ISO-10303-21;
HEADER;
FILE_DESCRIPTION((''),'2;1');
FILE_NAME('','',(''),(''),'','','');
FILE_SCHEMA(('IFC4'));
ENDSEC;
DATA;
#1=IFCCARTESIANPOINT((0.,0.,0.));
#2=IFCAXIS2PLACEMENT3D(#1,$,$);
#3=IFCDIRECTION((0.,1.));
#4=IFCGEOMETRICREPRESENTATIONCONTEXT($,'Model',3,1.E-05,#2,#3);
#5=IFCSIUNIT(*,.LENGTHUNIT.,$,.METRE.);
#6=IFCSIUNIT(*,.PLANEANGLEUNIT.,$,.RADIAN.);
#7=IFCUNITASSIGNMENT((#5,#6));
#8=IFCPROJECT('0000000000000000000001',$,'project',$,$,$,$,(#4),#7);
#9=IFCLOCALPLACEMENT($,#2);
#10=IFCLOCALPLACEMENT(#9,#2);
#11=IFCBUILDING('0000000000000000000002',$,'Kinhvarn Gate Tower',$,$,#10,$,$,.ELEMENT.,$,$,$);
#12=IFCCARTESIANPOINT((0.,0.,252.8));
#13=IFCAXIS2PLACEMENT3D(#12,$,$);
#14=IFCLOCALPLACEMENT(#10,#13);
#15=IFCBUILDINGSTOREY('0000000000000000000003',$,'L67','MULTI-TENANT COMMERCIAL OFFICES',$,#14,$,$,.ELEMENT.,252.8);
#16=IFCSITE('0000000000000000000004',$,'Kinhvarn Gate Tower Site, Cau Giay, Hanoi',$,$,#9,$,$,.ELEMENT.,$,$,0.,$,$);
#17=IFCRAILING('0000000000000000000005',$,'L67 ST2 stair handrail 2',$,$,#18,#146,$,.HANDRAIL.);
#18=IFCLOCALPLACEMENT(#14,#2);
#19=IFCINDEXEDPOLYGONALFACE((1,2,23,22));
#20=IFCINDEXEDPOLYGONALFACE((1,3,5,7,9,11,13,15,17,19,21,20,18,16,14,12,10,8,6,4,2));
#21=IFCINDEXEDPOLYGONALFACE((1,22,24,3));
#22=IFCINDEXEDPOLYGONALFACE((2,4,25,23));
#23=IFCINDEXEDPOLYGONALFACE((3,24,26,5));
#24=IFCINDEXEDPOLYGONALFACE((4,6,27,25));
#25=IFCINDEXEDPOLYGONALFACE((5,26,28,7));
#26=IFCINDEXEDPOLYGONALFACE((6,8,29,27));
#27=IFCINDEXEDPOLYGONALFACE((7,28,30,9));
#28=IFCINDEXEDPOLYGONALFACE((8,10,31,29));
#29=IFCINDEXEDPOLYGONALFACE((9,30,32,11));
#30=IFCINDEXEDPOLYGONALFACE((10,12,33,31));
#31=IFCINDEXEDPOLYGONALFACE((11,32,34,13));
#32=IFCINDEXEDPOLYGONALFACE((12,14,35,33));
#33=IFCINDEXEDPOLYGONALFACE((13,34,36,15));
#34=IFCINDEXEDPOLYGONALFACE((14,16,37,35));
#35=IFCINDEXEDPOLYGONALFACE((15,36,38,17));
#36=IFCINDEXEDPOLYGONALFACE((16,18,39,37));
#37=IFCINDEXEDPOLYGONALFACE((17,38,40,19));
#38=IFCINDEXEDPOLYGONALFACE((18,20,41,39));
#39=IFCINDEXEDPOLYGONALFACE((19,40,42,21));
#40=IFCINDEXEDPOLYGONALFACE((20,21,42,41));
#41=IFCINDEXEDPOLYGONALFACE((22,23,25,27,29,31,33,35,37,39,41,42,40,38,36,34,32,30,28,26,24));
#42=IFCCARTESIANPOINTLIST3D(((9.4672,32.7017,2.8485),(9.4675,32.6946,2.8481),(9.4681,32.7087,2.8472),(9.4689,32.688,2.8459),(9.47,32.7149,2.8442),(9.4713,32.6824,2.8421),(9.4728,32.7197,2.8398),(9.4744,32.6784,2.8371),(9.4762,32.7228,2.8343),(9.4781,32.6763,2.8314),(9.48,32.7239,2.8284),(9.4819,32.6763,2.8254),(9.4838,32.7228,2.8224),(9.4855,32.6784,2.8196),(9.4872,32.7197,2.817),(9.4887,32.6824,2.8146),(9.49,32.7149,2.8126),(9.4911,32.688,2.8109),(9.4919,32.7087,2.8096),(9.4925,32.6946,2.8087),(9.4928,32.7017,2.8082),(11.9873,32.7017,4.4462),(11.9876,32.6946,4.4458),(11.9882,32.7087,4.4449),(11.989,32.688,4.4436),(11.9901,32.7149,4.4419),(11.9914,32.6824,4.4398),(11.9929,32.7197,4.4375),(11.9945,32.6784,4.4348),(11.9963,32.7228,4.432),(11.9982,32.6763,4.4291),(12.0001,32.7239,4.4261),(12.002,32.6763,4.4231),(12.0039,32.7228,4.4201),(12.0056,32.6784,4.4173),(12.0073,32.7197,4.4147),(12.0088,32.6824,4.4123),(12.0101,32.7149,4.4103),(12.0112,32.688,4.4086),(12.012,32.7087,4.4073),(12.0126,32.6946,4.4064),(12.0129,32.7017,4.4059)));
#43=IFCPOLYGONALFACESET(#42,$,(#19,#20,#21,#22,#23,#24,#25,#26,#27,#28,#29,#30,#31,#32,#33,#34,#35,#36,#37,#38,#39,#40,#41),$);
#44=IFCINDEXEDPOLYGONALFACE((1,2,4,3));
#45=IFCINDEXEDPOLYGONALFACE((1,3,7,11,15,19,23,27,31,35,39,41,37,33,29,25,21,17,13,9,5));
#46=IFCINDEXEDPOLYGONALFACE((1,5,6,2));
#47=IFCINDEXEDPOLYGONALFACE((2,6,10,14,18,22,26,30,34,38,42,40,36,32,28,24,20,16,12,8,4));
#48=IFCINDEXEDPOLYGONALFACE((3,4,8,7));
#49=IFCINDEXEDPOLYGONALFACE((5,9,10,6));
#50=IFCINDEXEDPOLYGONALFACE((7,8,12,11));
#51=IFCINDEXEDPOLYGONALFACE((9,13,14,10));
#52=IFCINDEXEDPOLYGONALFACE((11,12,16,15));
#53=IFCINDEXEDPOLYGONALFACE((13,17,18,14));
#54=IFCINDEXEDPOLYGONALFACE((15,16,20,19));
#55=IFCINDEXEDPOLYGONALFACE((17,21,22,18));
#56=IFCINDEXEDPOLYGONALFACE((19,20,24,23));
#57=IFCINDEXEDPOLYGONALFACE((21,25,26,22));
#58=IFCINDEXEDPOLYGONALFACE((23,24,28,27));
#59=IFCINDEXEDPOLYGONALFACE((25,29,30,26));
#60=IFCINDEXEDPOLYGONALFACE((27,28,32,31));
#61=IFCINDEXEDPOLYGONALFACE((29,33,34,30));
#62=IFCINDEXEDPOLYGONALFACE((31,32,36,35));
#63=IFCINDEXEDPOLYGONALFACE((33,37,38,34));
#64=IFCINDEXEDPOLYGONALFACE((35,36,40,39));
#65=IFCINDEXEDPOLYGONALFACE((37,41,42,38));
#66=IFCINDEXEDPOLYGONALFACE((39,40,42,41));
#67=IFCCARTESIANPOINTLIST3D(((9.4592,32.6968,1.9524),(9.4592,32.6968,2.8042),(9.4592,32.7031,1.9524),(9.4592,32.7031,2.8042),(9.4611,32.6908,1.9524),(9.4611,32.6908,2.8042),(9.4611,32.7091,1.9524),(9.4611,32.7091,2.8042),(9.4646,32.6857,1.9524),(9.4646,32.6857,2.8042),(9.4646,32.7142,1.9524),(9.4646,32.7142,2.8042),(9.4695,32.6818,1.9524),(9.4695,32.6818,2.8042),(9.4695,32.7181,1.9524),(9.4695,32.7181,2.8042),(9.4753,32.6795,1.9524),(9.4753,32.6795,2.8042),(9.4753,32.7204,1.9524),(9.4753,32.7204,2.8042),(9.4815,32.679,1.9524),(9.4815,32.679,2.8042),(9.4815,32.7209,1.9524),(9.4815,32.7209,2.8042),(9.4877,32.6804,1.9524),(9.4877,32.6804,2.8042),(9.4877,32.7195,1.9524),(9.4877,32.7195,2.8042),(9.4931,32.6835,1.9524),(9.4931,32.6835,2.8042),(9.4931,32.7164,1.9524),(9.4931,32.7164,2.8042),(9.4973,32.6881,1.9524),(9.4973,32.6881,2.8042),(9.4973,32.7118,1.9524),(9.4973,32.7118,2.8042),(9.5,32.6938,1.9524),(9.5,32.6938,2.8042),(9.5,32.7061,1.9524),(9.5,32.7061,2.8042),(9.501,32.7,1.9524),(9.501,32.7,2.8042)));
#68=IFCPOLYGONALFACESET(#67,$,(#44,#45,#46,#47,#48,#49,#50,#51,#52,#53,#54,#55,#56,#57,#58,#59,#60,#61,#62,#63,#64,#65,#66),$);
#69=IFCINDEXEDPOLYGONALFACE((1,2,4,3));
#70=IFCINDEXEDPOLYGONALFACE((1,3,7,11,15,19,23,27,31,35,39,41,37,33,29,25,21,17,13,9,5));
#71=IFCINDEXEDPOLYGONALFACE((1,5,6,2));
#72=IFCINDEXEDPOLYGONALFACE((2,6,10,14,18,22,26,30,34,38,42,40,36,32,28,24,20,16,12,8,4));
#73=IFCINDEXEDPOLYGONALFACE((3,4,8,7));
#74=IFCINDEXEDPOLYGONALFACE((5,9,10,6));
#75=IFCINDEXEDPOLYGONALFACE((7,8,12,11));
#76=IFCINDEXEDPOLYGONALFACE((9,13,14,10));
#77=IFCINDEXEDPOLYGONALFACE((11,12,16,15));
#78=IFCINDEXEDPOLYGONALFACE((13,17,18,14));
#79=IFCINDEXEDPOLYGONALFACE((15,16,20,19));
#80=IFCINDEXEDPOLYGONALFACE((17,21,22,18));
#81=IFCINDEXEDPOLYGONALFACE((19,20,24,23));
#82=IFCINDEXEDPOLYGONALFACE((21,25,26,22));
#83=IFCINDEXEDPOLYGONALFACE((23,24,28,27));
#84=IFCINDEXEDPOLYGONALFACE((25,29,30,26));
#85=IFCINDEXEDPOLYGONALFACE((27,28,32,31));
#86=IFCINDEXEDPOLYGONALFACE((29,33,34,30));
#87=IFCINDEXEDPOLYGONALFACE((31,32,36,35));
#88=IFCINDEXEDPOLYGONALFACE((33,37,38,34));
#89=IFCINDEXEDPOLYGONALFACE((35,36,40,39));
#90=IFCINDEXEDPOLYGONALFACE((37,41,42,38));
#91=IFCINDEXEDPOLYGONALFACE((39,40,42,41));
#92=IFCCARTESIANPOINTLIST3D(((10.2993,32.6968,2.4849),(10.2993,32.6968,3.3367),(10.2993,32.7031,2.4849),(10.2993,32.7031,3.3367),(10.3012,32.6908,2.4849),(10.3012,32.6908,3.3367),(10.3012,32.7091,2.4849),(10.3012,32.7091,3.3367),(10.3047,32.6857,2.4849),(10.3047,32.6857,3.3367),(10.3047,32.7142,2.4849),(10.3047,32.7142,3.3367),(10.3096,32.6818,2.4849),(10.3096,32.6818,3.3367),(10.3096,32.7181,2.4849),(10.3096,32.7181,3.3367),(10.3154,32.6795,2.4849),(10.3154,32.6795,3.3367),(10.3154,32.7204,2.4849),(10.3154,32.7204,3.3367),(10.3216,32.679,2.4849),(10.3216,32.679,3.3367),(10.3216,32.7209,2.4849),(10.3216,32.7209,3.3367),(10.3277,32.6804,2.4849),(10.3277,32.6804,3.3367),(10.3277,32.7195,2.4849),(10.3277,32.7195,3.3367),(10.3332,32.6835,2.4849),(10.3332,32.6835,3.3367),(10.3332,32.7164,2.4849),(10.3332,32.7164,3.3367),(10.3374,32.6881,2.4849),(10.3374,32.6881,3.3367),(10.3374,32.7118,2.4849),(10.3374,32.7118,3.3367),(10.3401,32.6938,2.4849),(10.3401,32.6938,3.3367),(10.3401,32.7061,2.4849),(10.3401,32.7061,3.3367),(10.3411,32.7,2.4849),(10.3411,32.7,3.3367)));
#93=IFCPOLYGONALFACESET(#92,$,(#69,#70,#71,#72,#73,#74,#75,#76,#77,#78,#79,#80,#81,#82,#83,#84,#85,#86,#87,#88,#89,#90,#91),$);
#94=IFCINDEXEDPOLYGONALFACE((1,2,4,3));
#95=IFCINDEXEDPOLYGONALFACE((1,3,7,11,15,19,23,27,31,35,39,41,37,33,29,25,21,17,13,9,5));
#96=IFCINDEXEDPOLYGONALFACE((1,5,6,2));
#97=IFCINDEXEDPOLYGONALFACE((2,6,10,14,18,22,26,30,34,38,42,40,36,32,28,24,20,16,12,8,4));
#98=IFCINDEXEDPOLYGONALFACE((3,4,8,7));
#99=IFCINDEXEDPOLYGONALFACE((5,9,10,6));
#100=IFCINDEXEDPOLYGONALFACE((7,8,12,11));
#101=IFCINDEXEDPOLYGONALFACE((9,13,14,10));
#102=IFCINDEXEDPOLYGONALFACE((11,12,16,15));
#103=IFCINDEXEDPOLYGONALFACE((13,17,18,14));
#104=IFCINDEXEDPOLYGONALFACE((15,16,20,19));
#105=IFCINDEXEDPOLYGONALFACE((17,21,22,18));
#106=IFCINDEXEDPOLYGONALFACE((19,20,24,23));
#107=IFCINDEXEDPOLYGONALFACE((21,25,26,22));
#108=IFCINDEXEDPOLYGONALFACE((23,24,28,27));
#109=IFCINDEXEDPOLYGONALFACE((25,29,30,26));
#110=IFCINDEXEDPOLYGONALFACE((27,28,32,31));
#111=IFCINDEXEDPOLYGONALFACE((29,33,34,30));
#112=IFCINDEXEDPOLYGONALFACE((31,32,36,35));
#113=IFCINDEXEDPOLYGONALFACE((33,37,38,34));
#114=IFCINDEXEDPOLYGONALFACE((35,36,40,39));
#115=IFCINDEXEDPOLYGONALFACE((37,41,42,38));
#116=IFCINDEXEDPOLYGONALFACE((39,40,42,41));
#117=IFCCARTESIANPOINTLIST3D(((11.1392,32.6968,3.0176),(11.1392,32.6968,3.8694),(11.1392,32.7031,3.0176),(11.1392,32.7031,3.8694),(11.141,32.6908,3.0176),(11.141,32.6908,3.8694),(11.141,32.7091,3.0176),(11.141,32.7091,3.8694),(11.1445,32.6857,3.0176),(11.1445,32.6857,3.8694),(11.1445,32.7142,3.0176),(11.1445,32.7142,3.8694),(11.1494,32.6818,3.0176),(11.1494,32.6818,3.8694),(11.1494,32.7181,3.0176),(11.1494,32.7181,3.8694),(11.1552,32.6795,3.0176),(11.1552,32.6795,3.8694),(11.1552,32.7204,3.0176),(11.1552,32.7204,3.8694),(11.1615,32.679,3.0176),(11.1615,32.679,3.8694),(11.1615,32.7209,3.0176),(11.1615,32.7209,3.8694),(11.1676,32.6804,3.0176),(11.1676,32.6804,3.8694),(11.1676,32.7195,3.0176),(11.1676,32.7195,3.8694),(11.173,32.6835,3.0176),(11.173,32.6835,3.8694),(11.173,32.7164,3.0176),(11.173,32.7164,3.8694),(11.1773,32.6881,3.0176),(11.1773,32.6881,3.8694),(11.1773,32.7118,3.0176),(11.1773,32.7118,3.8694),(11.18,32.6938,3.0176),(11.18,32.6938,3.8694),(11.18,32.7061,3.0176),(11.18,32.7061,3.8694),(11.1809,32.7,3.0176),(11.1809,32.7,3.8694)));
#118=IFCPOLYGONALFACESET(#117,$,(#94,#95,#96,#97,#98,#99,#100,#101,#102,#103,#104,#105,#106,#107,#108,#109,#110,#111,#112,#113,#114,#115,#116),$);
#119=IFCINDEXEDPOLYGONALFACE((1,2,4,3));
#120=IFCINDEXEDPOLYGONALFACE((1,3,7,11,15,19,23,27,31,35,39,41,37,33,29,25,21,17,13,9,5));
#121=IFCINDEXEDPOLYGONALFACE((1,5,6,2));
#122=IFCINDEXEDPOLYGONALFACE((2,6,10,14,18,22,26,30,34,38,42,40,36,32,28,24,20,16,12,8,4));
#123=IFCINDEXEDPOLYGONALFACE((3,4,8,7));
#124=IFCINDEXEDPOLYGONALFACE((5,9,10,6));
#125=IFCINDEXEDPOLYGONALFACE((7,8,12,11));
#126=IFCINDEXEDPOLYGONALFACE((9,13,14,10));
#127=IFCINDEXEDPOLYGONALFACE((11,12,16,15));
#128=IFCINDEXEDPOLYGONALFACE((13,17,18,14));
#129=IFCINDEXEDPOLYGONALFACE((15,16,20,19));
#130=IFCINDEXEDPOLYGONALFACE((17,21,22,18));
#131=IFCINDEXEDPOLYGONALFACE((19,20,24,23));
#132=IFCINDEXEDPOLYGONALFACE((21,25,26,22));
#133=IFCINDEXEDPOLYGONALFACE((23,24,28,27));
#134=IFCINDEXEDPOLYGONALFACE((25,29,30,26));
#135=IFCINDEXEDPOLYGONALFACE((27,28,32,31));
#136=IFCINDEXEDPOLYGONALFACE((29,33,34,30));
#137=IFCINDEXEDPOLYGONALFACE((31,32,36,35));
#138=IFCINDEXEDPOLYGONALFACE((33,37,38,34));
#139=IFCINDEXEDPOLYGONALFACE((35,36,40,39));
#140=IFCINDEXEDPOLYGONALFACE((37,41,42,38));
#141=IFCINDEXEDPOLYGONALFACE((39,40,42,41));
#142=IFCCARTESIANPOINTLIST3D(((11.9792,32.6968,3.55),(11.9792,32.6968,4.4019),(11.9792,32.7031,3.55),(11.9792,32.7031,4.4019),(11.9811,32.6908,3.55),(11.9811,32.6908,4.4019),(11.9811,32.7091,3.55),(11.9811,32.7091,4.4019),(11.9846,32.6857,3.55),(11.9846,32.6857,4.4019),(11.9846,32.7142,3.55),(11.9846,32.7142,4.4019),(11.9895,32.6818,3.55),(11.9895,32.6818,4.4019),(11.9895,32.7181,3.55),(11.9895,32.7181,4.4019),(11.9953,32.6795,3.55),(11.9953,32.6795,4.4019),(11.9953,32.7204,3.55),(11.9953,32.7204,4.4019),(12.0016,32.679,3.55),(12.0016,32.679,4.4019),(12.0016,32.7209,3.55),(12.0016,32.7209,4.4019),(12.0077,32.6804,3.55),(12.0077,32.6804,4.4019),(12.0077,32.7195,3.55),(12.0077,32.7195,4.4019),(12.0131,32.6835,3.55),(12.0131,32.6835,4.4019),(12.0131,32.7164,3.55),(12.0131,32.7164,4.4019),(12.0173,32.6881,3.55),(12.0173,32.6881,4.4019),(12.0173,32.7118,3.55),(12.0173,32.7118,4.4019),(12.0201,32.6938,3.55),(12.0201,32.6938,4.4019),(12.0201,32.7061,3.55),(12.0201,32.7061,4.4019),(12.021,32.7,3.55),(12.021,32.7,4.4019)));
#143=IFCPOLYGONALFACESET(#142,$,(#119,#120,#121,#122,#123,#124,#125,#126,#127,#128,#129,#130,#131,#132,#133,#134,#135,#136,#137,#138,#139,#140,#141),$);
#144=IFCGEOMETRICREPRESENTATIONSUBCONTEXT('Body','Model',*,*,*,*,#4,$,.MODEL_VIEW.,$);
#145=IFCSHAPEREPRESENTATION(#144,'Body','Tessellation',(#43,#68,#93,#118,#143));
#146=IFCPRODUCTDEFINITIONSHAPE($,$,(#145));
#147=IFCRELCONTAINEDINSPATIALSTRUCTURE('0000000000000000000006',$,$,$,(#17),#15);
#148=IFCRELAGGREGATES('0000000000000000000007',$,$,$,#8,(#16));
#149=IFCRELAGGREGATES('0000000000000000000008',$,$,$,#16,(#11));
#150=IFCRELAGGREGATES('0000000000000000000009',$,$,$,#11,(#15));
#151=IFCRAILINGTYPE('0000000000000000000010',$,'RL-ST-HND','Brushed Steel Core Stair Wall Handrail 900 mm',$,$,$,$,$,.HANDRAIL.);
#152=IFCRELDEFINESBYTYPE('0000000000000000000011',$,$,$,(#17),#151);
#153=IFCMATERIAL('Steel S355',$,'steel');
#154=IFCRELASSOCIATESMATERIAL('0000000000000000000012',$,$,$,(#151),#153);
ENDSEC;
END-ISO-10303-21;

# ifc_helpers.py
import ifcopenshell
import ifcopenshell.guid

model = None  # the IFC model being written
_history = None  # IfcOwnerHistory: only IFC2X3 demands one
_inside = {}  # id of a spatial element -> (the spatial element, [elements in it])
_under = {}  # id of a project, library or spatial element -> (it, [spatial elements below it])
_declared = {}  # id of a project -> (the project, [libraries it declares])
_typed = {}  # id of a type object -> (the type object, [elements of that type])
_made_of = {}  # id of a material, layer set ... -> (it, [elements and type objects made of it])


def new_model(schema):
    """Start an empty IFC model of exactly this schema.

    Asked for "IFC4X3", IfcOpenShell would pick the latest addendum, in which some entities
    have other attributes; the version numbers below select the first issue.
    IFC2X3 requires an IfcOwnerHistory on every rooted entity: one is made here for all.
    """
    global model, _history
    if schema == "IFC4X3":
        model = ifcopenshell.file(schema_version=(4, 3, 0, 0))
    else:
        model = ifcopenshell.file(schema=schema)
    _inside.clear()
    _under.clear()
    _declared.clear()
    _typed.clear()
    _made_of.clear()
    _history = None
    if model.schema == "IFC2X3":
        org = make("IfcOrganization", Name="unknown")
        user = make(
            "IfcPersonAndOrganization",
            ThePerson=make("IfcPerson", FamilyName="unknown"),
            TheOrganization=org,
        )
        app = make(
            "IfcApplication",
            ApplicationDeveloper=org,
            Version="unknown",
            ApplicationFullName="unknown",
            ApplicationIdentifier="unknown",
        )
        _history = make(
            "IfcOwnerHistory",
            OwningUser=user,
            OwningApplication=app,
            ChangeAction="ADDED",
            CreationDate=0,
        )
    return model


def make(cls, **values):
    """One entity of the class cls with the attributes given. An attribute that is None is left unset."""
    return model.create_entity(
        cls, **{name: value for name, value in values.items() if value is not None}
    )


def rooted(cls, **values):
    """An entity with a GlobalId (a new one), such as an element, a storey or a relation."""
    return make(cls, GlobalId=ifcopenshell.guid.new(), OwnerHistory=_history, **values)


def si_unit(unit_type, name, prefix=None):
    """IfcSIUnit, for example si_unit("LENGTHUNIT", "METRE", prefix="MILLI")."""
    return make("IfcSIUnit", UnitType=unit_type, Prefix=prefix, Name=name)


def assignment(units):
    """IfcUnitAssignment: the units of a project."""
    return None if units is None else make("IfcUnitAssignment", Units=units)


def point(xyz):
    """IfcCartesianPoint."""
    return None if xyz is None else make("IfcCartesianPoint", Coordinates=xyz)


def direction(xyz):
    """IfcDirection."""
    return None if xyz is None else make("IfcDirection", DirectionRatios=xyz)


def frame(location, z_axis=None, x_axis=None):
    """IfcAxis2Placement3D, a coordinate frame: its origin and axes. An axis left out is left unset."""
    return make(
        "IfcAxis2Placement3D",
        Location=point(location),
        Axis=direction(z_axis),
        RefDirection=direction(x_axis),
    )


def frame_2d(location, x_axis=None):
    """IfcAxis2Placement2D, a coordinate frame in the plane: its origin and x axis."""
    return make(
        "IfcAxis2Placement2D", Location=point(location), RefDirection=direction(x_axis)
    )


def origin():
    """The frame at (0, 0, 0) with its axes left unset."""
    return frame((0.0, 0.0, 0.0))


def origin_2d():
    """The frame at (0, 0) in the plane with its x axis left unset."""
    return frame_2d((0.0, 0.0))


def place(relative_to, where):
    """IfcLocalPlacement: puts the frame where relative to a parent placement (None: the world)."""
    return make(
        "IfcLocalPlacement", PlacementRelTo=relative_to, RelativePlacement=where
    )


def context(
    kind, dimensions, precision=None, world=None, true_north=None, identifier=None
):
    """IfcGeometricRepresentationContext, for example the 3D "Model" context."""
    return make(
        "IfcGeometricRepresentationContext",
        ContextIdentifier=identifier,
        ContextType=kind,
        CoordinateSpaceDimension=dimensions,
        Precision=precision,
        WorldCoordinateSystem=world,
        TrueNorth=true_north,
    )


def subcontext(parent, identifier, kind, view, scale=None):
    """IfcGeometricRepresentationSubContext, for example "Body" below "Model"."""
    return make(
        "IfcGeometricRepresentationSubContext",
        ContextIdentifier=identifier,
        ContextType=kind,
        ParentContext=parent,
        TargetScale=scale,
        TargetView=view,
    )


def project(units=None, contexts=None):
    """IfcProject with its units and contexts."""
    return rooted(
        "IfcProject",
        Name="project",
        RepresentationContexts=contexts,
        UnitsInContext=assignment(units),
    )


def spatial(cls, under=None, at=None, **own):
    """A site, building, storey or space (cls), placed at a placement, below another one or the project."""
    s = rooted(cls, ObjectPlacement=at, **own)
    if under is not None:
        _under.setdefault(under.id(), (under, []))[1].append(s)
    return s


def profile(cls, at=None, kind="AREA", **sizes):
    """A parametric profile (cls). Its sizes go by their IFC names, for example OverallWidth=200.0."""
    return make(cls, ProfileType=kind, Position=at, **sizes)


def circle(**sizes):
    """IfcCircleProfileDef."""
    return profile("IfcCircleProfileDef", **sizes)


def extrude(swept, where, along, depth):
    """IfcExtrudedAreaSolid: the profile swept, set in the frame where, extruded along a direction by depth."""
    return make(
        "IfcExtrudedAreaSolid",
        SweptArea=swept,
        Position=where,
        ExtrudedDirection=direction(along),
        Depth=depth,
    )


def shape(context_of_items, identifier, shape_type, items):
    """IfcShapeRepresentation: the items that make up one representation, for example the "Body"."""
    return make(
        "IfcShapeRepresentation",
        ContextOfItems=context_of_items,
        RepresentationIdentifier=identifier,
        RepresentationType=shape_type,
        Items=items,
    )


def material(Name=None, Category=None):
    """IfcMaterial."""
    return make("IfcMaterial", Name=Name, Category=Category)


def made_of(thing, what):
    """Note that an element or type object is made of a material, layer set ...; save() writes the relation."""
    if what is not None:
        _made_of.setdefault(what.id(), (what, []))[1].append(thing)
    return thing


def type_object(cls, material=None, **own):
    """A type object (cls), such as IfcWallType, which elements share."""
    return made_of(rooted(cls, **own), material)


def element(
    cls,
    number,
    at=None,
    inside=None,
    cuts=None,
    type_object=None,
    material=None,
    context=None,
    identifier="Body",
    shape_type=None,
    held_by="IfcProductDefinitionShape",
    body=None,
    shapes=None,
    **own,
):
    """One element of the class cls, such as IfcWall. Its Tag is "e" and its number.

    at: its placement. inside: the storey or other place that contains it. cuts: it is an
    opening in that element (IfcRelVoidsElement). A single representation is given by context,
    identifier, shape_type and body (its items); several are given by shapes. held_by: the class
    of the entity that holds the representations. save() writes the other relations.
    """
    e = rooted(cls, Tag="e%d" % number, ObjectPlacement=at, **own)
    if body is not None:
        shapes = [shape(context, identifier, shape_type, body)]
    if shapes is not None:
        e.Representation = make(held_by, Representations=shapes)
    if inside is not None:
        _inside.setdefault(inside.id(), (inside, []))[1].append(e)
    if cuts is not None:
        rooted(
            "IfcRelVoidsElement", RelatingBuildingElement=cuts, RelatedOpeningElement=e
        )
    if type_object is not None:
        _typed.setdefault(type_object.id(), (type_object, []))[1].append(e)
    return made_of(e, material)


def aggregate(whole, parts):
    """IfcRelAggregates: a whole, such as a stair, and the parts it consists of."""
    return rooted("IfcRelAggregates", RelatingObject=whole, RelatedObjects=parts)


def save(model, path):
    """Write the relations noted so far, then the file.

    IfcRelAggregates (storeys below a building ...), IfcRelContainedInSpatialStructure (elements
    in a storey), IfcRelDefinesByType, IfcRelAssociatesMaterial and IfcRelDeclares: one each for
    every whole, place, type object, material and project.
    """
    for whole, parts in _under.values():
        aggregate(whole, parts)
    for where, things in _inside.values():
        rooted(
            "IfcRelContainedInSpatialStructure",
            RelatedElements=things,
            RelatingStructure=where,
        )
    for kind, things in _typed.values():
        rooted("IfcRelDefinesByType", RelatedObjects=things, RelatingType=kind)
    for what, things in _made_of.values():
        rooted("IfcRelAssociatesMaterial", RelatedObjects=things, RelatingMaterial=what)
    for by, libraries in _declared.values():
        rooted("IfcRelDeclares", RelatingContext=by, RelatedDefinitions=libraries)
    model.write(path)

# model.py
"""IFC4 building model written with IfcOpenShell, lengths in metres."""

from ifc_helpers import new_model, si_unit, direction, frame, origin, origin_2d, place, context, subcontext, project, spatial, circle, extrude, material, type_object, element, save


model = new_model("IFC4")

# Units and contexts
model_context = context("Model", 3, precision=1e-05, world=origin(), true_north=direction((0.0, 1.0)))
body_context = subcontext(model_context, "Body", "Model", "MODEL_VIEW")
ifc_project = project(units=[si_unit("LENGTHUNIT", "METRE"), si_unit("PLANEANGLEUNIT", "RADIAN")], contexts=[model_context])

# Site, building, storey
site_placement = place(None, origin())
site = spatial("IfcSite", under=ifc_project, at=site_placement, Name="Kinhvarn Gate Tower Site, Cau Giay, Hanoi", CompositionType="ELEMENT", RefElevation=0.0)
building_placement = place(site_placement, origin())
building = spatial("IfcBuilding", under=site, at=building_placement, Name="Kinhvarn Gate Tower", CompositionType="ELEMENT")
storey_placement = place(building_placement, frame((0.0, 0.0, 252.8)))
storey = spatial("IfcBuildingStorey", under=building, at=storey_placement, Name="L67", Description="MULTI-TENANT COMMERCIAL OFFICES", CompositionType="ELEMENT", Elevation=252.8)

# Railing
ifc_material_1 = material(Name="Steel S355", Category="steel")
railing_type_1 = type_object("IfcRailingType", Name="RL-ST-HND", Description="Brushed Steel Core Stair Wall Handrail 900 mm", PredefinedType="HANDRAIL", material=ifc_material_1)
railing_1_placement = place(storey_placement, frame((9.48, 32.7, 1.9524)))
element("IfcRailing", 1, at=railing_1_placement, inside=storey, type_object=railing_type_1, Name="L67 ST2 stair handrail 2", PredefinedType="HANDRAIL", context=body_context, shape_type="SweptSolid", body=[
    extrude(circle(Radius=0.0239, at=origin_2d()), frame((0.0, 0.0, 0.876), z_axis=(0.84457, 0.0, 0.535445), x_axis=(0.0, 1.0, 0.0)), (0.0, 0.0, 1.0), 2.9839),
    extrude(circle(Radius=0.021, at=origin_2d()), origin(), (0.0, 0.0, 1.0), 0.8518),
    extrude(circle(Radius=0.021, at=origin_2d()), frame((0.8401, 0.0, 0.5325)), (0.0, 0.0, 1.0), 0.8518),
    extrude(circle(Radius=0.021, at=origin_2d()), frame((1.6799, 0.0, 1.0652)), (0.0, 0.0, 1.0), 0.8518),
    extrude(circle(Radius=0.021, at=origin_2d()), frame((2.52, 0.0, 1.5977)), (0.0, 0.0, 1.0), 0.8518),
])

save(model, "model.ifc")
